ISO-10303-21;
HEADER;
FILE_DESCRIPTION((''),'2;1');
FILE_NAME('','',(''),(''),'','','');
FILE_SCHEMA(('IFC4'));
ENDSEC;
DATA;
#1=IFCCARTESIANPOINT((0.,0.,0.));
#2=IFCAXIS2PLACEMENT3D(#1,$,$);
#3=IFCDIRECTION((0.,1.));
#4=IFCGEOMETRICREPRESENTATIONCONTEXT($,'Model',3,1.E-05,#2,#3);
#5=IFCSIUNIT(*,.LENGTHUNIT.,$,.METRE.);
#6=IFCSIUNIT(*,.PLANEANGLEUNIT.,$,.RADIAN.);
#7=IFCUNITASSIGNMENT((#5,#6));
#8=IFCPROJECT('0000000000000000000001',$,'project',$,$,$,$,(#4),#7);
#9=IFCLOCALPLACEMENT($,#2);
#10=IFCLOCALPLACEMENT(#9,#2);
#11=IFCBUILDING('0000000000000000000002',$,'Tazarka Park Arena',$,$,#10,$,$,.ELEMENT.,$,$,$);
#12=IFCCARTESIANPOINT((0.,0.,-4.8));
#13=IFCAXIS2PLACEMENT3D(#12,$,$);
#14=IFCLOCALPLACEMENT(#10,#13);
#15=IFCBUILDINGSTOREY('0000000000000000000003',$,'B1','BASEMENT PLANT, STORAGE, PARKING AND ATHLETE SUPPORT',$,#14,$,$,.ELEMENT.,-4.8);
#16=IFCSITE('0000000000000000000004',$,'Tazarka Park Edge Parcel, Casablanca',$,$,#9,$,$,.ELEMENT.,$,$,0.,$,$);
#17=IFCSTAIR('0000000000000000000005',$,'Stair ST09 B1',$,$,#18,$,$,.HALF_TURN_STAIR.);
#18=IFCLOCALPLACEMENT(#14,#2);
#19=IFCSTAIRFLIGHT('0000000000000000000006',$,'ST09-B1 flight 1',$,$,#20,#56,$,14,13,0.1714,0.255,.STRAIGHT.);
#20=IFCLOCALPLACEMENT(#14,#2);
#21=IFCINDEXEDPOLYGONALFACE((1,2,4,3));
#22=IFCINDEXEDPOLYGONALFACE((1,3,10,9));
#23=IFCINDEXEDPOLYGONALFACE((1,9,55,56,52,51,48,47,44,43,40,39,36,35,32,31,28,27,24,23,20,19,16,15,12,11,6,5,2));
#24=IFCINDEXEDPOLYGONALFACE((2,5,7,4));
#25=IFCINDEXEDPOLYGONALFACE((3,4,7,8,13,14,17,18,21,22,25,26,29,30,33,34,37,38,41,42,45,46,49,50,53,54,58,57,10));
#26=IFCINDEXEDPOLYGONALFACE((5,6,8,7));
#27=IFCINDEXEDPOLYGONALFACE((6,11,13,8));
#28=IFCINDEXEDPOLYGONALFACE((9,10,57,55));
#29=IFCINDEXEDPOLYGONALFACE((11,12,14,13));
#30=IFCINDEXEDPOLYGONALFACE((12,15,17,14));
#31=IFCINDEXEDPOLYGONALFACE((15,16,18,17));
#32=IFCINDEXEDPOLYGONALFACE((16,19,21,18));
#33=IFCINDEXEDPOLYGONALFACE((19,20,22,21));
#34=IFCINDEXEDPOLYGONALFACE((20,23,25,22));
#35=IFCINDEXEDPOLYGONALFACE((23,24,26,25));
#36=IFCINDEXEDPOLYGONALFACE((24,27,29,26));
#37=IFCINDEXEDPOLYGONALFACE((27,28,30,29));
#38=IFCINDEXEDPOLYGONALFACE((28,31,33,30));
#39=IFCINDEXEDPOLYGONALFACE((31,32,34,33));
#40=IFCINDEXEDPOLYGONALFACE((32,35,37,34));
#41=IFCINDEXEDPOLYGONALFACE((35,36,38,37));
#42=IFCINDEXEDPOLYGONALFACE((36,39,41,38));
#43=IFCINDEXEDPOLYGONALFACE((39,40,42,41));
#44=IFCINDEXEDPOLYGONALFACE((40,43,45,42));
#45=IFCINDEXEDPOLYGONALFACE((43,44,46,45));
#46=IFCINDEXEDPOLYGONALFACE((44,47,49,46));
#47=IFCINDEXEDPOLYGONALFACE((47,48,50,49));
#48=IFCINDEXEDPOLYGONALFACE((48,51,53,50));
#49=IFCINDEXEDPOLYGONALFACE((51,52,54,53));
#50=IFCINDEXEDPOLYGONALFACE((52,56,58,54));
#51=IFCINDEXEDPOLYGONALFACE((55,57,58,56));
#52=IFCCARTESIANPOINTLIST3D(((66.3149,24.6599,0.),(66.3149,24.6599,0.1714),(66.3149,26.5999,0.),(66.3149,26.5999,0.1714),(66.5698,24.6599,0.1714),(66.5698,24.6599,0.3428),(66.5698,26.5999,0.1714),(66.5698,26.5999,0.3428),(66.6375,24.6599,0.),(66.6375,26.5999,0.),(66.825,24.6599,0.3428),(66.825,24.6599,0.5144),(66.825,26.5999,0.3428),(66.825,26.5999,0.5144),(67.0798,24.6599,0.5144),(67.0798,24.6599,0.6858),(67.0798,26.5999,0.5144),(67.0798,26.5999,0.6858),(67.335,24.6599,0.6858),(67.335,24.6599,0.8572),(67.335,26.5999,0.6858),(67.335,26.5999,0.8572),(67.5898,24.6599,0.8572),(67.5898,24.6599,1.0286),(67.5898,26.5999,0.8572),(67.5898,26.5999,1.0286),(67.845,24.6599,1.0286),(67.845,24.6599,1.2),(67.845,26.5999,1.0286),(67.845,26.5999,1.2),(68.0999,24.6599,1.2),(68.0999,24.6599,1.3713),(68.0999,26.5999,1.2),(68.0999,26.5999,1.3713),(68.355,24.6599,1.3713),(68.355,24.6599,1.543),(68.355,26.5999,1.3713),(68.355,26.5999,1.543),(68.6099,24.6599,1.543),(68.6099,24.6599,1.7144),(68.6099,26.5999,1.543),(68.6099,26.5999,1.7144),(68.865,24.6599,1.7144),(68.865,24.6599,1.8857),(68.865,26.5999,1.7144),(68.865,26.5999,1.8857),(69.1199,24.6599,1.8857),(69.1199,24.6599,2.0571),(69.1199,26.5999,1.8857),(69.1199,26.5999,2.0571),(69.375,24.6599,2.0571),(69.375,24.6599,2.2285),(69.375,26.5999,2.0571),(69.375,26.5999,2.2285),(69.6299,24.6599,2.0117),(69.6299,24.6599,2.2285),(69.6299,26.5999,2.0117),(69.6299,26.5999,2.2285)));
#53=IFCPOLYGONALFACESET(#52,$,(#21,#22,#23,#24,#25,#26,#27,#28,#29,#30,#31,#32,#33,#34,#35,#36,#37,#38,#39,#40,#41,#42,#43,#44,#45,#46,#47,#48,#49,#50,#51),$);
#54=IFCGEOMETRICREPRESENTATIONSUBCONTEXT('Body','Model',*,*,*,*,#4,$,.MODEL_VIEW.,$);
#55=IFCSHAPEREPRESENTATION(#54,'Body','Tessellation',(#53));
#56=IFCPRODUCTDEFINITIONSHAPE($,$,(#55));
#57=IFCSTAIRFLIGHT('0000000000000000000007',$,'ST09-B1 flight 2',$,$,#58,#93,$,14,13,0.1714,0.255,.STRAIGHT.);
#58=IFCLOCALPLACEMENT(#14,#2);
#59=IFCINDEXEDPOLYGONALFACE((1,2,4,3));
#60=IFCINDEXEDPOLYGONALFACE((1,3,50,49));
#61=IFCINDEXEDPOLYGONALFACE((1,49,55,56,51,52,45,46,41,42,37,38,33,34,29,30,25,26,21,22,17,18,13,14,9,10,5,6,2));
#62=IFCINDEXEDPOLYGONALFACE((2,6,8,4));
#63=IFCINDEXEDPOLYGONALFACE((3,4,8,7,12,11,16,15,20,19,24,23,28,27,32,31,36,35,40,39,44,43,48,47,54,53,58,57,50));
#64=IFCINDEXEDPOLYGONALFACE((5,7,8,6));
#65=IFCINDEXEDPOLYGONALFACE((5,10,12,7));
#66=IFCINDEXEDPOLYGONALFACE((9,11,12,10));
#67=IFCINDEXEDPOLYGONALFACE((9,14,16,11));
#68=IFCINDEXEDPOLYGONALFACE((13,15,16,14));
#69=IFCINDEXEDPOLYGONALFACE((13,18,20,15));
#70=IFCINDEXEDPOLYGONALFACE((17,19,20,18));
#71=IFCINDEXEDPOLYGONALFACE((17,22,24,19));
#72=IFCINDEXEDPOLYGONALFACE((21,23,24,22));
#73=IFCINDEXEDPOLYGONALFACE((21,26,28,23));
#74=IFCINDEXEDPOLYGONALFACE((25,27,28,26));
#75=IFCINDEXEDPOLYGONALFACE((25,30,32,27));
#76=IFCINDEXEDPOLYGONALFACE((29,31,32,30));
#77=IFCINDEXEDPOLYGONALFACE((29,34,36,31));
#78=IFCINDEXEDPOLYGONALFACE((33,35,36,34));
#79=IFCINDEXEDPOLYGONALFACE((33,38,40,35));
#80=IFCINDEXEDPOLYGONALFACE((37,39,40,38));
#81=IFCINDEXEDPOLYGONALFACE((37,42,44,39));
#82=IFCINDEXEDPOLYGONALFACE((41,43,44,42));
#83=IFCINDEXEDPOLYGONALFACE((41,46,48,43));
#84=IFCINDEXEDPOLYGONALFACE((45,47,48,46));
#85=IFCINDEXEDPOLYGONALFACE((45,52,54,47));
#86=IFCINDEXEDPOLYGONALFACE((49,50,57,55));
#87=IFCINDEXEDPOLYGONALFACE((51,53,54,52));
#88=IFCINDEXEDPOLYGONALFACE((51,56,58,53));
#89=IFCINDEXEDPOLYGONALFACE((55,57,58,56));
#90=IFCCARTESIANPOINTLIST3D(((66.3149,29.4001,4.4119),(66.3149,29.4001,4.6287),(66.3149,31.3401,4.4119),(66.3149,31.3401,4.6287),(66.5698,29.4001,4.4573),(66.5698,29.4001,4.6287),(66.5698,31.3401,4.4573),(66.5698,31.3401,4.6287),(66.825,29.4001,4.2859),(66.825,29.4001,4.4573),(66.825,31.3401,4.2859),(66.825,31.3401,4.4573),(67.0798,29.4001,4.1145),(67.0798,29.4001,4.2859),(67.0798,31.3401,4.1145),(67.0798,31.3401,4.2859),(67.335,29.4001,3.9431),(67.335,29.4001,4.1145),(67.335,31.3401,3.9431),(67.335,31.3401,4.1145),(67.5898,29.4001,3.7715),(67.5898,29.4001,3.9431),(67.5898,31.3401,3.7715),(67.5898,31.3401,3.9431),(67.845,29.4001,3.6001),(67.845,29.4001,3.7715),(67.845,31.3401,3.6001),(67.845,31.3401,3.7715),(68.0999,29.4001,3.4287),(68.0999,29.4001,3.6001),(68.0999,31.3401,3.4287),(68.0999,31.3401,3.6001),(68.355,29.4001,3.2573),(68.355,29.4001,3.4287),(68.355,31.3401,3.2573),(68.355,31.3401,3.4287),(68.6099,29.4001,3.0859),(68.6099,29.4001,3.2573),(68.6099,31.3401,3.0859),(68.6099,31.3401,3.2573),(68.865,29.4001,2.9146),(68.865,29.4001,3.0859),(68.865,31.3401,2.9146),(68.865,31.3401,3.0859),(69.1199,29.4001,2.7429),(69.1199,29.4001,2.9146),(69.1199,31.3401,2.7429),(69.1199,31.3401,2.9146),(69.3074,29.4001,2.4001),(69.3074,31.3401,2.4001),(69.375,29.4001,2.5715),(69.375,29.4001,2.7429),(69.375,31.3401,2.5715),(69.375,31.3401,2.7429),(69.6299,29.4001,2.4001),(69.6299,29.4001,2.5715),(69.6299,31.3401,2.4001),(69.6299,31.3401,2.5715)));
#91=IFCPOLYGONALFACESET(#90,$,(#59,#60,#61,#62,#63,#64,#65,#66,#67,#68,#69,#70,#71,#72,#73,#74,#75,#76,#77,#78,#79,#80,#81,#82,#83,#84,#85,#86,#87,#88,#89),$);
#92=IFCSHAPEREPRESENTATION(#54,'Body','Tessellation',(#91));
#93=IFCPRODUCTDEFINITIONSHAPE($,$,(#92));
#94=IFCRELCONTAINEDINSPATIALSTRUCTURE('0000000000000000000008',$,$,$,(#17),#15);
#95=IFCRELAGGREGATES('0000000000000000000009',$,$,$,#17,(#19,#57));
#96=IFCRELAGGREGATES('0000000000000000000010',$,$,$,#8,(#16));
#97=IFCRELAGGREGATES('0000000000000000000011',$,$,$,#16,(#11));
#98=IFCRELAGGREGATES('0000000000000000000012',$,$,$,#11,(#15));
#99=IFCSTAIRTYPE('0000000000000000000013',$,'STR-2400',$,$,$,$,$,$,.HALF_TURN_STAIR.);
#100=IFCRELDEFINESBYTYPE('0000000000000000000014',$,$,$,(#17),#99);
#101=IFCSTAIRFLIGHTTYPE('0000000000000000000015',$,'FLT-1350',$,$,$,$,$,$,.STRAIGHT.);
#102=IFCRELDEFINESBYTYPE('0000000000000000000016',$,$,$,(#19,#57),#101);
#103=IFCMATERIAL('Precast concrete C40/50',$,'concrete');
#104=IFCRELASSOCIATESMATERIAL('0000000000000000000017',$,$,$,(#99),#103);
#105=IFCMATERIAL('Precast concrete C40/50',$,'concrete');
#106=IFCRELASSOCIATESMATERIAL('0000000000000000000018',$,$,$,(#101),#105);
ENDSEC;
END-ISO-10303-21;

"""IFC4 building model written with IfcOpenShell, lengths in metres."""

from ifc_helpers import new_model, si_unit, direction, frame, origin, place, context, subcontext, project, spatial, polyline, outline, extrude, material, type_object, element, aggregate, save


model = new_model("IFC4")

# Units and contexts
model_context = context("Model", 3, precision=1e-05, world=origin(), true_north=direction((0.0, 1.0)))
body_context = subcontext(model_context, "Body", "Model", "MODEL_VIEW")
ifc_project = project(units=[si_unit("LENGTHUNIT", "METRE"), si_unit("PLANEANGLEUNIT", "RADIAN")], contexts=[model_context])

# Site, building, storey
site_placement = place(None, origin())
site = spatial("IfcSite", under=ifc_project, at=site_placement, Name="Tazarka Park Edge Parcel, Casablanca", CompositionType="ELEMENT", RefElevation=0.0)
building_placement = place(site_placement, origin())
building = spatial("IfcBuilding", under=site, at=building_placement, Name="Tazarka Park Arena", CompositionType="ELEMENT")
storey_placement = place(building_placement, frame((0.0, 0.0, -4.8)))
storey = spatial("IfcBuildingStorey", under=building, at=storey_placement, Name="B1", Description="BASEMENT PLANT, STORAGE, PARKING AND ATHLETE SUPPORT", CompositionType="ELEMENT", Elevation=-4.8)

# Stair, stair flights
ifc_material_1 = material(Name="Precast concrete C40/50", Category="concrete")
stair_type = type_object("IfcStairType", Name="STR-2400", PredefinedType="HALF_TURN_STAIR", material=ifc_material_1)
stair_placement = place(storey_placement, origin())
stair = element("IfcStair", 1, at=stair_placement, inside=storey, type_object=stair_type, Name="Stair ST09 B1", PredefinedType="HALF_TURN_STAIR")
ifc_material_2 = material(Name="Precast concrete C40/50", Category="concrete")
stair_flight_type = type_object("IfcStairFlightType", Name="FLT-1350", PredefinedType="STRAIGHT", material=ifc_material_2)
stair_flight_1_placement = place(storey_placement, frame((66.3149, 25.6299, 0.0), z_axis=(0.0, 0.0, 1.0), x_axis=(1.0, 0.0, 0.0)))
stair_flight_1 = element("IfcStairFlight", 2, at=stair_flight_1_placement, type_object=stair_flight_type, Name="ST09-B1 flight 1", NumberOfRisers=14, NumberOfTreads=13, PredefinedType="STRAIGHT", RiserHeight=0.1714, TreadLength=0.255, context=body_context, shape_type="SweptSolid", body=[
    extrude(outline(polyline([(0.0, 0.0), (0.0, 0.1714), (0.2549, 0.1714), (0.2549, 0.3428), (0.51, 0.3428), (0.51, 0.5144), (0.7649, 0.5144), (0.7649, 0.6858), (1.02, 0.6858), (1.02, 0.8572), (1.2749, 0.8572), (1.2749, 1.0286), (1.53, 1.0286), (1.53, 1.2), (1.7849, 1.2), (1.7849, 1.3713), (2.04, 1.3713), (2.04, 1.543), (2.2949, 1.543), (2.2949, 1.7144), (2.55, 1.7144), (2.55, 1.8857), (2.8049, 1.8857), (2.8049, 2.0571), (3.0601, 2.0571), (3.0601, 2.2285), (3.3149, 2.2285), (3.3149, 2.3999), (3.3149, 2.0117), (0.3225, 0.0), (0.0, 0.0)])), frame((0.0, 0.97, 0.0), z_axis=(0.0, -1.0, 0.0), x_axis=(1.0, 0.0, 0.0)), (0.0, 0.0, 1.0), 1.9399),
])
stair_flight_2_placement = place(storey_placement, frame((69.6299, 30.3701, 2.4001), z_axis=(0.0, 0.0, 1.0), x_axis=(-1.0, 0.0, 0.0)))
stair_flight_2 = element("IfcStairFlight", 3, at=stair_flight_2_placement, type_object=stair_flight_type, Name="ST09-B1 flight 2", NumberOfRisers=14, NumberOfTreads=13, PredefinedType="STRAIGHT", RiserHeight=0.1714, TreadLength=0.255, context=body_context, shape_type="SweptSolid", body=[
    extrude(outline(polyline([(0.0, 0.0), (0.0, 0.1714), (0.2549, 0.1714), (0.2549, 0.3428), (0.51, 0.3428), (0.51, 0.5144), (0.7649, 0.5144), (0.7649, 0.6858), (1.02, 0.6858), (1.02, 0.8572), (1.2749, 0.8572), (1.2749, 1.0286), (1.53, 1.0286), (1.53, 1.2), (1.7849, 1.2), (1.7849, 1.3713), (2.04, 1.3713), (2.04, 1.543), (2.2949, 1.543), (2.2949, 1.7144), (2.55, 1.7144), (2.55, 1.8857), (2.8049, 1.8857), (2.8049, 2.0571), (3.0601, 2.0571), (3.0601, 2.2285), (3.3149, 2.2285), (3.3149, 2.3999), (3.3149, 2.0117), (0.3225, 0.0), (0.0, 0.0)])), frame((0.0, 0.97, 0.0), z_axis=(0.0, -1.0, 0.0), x_axis=(1.0, 0.0, 0.0)), (0.0, 0.0, 1.0), 1.9399),
])
aggregate(stair, [stair_flight_1, stair_flight_2])

save(model, "model.ifc")
